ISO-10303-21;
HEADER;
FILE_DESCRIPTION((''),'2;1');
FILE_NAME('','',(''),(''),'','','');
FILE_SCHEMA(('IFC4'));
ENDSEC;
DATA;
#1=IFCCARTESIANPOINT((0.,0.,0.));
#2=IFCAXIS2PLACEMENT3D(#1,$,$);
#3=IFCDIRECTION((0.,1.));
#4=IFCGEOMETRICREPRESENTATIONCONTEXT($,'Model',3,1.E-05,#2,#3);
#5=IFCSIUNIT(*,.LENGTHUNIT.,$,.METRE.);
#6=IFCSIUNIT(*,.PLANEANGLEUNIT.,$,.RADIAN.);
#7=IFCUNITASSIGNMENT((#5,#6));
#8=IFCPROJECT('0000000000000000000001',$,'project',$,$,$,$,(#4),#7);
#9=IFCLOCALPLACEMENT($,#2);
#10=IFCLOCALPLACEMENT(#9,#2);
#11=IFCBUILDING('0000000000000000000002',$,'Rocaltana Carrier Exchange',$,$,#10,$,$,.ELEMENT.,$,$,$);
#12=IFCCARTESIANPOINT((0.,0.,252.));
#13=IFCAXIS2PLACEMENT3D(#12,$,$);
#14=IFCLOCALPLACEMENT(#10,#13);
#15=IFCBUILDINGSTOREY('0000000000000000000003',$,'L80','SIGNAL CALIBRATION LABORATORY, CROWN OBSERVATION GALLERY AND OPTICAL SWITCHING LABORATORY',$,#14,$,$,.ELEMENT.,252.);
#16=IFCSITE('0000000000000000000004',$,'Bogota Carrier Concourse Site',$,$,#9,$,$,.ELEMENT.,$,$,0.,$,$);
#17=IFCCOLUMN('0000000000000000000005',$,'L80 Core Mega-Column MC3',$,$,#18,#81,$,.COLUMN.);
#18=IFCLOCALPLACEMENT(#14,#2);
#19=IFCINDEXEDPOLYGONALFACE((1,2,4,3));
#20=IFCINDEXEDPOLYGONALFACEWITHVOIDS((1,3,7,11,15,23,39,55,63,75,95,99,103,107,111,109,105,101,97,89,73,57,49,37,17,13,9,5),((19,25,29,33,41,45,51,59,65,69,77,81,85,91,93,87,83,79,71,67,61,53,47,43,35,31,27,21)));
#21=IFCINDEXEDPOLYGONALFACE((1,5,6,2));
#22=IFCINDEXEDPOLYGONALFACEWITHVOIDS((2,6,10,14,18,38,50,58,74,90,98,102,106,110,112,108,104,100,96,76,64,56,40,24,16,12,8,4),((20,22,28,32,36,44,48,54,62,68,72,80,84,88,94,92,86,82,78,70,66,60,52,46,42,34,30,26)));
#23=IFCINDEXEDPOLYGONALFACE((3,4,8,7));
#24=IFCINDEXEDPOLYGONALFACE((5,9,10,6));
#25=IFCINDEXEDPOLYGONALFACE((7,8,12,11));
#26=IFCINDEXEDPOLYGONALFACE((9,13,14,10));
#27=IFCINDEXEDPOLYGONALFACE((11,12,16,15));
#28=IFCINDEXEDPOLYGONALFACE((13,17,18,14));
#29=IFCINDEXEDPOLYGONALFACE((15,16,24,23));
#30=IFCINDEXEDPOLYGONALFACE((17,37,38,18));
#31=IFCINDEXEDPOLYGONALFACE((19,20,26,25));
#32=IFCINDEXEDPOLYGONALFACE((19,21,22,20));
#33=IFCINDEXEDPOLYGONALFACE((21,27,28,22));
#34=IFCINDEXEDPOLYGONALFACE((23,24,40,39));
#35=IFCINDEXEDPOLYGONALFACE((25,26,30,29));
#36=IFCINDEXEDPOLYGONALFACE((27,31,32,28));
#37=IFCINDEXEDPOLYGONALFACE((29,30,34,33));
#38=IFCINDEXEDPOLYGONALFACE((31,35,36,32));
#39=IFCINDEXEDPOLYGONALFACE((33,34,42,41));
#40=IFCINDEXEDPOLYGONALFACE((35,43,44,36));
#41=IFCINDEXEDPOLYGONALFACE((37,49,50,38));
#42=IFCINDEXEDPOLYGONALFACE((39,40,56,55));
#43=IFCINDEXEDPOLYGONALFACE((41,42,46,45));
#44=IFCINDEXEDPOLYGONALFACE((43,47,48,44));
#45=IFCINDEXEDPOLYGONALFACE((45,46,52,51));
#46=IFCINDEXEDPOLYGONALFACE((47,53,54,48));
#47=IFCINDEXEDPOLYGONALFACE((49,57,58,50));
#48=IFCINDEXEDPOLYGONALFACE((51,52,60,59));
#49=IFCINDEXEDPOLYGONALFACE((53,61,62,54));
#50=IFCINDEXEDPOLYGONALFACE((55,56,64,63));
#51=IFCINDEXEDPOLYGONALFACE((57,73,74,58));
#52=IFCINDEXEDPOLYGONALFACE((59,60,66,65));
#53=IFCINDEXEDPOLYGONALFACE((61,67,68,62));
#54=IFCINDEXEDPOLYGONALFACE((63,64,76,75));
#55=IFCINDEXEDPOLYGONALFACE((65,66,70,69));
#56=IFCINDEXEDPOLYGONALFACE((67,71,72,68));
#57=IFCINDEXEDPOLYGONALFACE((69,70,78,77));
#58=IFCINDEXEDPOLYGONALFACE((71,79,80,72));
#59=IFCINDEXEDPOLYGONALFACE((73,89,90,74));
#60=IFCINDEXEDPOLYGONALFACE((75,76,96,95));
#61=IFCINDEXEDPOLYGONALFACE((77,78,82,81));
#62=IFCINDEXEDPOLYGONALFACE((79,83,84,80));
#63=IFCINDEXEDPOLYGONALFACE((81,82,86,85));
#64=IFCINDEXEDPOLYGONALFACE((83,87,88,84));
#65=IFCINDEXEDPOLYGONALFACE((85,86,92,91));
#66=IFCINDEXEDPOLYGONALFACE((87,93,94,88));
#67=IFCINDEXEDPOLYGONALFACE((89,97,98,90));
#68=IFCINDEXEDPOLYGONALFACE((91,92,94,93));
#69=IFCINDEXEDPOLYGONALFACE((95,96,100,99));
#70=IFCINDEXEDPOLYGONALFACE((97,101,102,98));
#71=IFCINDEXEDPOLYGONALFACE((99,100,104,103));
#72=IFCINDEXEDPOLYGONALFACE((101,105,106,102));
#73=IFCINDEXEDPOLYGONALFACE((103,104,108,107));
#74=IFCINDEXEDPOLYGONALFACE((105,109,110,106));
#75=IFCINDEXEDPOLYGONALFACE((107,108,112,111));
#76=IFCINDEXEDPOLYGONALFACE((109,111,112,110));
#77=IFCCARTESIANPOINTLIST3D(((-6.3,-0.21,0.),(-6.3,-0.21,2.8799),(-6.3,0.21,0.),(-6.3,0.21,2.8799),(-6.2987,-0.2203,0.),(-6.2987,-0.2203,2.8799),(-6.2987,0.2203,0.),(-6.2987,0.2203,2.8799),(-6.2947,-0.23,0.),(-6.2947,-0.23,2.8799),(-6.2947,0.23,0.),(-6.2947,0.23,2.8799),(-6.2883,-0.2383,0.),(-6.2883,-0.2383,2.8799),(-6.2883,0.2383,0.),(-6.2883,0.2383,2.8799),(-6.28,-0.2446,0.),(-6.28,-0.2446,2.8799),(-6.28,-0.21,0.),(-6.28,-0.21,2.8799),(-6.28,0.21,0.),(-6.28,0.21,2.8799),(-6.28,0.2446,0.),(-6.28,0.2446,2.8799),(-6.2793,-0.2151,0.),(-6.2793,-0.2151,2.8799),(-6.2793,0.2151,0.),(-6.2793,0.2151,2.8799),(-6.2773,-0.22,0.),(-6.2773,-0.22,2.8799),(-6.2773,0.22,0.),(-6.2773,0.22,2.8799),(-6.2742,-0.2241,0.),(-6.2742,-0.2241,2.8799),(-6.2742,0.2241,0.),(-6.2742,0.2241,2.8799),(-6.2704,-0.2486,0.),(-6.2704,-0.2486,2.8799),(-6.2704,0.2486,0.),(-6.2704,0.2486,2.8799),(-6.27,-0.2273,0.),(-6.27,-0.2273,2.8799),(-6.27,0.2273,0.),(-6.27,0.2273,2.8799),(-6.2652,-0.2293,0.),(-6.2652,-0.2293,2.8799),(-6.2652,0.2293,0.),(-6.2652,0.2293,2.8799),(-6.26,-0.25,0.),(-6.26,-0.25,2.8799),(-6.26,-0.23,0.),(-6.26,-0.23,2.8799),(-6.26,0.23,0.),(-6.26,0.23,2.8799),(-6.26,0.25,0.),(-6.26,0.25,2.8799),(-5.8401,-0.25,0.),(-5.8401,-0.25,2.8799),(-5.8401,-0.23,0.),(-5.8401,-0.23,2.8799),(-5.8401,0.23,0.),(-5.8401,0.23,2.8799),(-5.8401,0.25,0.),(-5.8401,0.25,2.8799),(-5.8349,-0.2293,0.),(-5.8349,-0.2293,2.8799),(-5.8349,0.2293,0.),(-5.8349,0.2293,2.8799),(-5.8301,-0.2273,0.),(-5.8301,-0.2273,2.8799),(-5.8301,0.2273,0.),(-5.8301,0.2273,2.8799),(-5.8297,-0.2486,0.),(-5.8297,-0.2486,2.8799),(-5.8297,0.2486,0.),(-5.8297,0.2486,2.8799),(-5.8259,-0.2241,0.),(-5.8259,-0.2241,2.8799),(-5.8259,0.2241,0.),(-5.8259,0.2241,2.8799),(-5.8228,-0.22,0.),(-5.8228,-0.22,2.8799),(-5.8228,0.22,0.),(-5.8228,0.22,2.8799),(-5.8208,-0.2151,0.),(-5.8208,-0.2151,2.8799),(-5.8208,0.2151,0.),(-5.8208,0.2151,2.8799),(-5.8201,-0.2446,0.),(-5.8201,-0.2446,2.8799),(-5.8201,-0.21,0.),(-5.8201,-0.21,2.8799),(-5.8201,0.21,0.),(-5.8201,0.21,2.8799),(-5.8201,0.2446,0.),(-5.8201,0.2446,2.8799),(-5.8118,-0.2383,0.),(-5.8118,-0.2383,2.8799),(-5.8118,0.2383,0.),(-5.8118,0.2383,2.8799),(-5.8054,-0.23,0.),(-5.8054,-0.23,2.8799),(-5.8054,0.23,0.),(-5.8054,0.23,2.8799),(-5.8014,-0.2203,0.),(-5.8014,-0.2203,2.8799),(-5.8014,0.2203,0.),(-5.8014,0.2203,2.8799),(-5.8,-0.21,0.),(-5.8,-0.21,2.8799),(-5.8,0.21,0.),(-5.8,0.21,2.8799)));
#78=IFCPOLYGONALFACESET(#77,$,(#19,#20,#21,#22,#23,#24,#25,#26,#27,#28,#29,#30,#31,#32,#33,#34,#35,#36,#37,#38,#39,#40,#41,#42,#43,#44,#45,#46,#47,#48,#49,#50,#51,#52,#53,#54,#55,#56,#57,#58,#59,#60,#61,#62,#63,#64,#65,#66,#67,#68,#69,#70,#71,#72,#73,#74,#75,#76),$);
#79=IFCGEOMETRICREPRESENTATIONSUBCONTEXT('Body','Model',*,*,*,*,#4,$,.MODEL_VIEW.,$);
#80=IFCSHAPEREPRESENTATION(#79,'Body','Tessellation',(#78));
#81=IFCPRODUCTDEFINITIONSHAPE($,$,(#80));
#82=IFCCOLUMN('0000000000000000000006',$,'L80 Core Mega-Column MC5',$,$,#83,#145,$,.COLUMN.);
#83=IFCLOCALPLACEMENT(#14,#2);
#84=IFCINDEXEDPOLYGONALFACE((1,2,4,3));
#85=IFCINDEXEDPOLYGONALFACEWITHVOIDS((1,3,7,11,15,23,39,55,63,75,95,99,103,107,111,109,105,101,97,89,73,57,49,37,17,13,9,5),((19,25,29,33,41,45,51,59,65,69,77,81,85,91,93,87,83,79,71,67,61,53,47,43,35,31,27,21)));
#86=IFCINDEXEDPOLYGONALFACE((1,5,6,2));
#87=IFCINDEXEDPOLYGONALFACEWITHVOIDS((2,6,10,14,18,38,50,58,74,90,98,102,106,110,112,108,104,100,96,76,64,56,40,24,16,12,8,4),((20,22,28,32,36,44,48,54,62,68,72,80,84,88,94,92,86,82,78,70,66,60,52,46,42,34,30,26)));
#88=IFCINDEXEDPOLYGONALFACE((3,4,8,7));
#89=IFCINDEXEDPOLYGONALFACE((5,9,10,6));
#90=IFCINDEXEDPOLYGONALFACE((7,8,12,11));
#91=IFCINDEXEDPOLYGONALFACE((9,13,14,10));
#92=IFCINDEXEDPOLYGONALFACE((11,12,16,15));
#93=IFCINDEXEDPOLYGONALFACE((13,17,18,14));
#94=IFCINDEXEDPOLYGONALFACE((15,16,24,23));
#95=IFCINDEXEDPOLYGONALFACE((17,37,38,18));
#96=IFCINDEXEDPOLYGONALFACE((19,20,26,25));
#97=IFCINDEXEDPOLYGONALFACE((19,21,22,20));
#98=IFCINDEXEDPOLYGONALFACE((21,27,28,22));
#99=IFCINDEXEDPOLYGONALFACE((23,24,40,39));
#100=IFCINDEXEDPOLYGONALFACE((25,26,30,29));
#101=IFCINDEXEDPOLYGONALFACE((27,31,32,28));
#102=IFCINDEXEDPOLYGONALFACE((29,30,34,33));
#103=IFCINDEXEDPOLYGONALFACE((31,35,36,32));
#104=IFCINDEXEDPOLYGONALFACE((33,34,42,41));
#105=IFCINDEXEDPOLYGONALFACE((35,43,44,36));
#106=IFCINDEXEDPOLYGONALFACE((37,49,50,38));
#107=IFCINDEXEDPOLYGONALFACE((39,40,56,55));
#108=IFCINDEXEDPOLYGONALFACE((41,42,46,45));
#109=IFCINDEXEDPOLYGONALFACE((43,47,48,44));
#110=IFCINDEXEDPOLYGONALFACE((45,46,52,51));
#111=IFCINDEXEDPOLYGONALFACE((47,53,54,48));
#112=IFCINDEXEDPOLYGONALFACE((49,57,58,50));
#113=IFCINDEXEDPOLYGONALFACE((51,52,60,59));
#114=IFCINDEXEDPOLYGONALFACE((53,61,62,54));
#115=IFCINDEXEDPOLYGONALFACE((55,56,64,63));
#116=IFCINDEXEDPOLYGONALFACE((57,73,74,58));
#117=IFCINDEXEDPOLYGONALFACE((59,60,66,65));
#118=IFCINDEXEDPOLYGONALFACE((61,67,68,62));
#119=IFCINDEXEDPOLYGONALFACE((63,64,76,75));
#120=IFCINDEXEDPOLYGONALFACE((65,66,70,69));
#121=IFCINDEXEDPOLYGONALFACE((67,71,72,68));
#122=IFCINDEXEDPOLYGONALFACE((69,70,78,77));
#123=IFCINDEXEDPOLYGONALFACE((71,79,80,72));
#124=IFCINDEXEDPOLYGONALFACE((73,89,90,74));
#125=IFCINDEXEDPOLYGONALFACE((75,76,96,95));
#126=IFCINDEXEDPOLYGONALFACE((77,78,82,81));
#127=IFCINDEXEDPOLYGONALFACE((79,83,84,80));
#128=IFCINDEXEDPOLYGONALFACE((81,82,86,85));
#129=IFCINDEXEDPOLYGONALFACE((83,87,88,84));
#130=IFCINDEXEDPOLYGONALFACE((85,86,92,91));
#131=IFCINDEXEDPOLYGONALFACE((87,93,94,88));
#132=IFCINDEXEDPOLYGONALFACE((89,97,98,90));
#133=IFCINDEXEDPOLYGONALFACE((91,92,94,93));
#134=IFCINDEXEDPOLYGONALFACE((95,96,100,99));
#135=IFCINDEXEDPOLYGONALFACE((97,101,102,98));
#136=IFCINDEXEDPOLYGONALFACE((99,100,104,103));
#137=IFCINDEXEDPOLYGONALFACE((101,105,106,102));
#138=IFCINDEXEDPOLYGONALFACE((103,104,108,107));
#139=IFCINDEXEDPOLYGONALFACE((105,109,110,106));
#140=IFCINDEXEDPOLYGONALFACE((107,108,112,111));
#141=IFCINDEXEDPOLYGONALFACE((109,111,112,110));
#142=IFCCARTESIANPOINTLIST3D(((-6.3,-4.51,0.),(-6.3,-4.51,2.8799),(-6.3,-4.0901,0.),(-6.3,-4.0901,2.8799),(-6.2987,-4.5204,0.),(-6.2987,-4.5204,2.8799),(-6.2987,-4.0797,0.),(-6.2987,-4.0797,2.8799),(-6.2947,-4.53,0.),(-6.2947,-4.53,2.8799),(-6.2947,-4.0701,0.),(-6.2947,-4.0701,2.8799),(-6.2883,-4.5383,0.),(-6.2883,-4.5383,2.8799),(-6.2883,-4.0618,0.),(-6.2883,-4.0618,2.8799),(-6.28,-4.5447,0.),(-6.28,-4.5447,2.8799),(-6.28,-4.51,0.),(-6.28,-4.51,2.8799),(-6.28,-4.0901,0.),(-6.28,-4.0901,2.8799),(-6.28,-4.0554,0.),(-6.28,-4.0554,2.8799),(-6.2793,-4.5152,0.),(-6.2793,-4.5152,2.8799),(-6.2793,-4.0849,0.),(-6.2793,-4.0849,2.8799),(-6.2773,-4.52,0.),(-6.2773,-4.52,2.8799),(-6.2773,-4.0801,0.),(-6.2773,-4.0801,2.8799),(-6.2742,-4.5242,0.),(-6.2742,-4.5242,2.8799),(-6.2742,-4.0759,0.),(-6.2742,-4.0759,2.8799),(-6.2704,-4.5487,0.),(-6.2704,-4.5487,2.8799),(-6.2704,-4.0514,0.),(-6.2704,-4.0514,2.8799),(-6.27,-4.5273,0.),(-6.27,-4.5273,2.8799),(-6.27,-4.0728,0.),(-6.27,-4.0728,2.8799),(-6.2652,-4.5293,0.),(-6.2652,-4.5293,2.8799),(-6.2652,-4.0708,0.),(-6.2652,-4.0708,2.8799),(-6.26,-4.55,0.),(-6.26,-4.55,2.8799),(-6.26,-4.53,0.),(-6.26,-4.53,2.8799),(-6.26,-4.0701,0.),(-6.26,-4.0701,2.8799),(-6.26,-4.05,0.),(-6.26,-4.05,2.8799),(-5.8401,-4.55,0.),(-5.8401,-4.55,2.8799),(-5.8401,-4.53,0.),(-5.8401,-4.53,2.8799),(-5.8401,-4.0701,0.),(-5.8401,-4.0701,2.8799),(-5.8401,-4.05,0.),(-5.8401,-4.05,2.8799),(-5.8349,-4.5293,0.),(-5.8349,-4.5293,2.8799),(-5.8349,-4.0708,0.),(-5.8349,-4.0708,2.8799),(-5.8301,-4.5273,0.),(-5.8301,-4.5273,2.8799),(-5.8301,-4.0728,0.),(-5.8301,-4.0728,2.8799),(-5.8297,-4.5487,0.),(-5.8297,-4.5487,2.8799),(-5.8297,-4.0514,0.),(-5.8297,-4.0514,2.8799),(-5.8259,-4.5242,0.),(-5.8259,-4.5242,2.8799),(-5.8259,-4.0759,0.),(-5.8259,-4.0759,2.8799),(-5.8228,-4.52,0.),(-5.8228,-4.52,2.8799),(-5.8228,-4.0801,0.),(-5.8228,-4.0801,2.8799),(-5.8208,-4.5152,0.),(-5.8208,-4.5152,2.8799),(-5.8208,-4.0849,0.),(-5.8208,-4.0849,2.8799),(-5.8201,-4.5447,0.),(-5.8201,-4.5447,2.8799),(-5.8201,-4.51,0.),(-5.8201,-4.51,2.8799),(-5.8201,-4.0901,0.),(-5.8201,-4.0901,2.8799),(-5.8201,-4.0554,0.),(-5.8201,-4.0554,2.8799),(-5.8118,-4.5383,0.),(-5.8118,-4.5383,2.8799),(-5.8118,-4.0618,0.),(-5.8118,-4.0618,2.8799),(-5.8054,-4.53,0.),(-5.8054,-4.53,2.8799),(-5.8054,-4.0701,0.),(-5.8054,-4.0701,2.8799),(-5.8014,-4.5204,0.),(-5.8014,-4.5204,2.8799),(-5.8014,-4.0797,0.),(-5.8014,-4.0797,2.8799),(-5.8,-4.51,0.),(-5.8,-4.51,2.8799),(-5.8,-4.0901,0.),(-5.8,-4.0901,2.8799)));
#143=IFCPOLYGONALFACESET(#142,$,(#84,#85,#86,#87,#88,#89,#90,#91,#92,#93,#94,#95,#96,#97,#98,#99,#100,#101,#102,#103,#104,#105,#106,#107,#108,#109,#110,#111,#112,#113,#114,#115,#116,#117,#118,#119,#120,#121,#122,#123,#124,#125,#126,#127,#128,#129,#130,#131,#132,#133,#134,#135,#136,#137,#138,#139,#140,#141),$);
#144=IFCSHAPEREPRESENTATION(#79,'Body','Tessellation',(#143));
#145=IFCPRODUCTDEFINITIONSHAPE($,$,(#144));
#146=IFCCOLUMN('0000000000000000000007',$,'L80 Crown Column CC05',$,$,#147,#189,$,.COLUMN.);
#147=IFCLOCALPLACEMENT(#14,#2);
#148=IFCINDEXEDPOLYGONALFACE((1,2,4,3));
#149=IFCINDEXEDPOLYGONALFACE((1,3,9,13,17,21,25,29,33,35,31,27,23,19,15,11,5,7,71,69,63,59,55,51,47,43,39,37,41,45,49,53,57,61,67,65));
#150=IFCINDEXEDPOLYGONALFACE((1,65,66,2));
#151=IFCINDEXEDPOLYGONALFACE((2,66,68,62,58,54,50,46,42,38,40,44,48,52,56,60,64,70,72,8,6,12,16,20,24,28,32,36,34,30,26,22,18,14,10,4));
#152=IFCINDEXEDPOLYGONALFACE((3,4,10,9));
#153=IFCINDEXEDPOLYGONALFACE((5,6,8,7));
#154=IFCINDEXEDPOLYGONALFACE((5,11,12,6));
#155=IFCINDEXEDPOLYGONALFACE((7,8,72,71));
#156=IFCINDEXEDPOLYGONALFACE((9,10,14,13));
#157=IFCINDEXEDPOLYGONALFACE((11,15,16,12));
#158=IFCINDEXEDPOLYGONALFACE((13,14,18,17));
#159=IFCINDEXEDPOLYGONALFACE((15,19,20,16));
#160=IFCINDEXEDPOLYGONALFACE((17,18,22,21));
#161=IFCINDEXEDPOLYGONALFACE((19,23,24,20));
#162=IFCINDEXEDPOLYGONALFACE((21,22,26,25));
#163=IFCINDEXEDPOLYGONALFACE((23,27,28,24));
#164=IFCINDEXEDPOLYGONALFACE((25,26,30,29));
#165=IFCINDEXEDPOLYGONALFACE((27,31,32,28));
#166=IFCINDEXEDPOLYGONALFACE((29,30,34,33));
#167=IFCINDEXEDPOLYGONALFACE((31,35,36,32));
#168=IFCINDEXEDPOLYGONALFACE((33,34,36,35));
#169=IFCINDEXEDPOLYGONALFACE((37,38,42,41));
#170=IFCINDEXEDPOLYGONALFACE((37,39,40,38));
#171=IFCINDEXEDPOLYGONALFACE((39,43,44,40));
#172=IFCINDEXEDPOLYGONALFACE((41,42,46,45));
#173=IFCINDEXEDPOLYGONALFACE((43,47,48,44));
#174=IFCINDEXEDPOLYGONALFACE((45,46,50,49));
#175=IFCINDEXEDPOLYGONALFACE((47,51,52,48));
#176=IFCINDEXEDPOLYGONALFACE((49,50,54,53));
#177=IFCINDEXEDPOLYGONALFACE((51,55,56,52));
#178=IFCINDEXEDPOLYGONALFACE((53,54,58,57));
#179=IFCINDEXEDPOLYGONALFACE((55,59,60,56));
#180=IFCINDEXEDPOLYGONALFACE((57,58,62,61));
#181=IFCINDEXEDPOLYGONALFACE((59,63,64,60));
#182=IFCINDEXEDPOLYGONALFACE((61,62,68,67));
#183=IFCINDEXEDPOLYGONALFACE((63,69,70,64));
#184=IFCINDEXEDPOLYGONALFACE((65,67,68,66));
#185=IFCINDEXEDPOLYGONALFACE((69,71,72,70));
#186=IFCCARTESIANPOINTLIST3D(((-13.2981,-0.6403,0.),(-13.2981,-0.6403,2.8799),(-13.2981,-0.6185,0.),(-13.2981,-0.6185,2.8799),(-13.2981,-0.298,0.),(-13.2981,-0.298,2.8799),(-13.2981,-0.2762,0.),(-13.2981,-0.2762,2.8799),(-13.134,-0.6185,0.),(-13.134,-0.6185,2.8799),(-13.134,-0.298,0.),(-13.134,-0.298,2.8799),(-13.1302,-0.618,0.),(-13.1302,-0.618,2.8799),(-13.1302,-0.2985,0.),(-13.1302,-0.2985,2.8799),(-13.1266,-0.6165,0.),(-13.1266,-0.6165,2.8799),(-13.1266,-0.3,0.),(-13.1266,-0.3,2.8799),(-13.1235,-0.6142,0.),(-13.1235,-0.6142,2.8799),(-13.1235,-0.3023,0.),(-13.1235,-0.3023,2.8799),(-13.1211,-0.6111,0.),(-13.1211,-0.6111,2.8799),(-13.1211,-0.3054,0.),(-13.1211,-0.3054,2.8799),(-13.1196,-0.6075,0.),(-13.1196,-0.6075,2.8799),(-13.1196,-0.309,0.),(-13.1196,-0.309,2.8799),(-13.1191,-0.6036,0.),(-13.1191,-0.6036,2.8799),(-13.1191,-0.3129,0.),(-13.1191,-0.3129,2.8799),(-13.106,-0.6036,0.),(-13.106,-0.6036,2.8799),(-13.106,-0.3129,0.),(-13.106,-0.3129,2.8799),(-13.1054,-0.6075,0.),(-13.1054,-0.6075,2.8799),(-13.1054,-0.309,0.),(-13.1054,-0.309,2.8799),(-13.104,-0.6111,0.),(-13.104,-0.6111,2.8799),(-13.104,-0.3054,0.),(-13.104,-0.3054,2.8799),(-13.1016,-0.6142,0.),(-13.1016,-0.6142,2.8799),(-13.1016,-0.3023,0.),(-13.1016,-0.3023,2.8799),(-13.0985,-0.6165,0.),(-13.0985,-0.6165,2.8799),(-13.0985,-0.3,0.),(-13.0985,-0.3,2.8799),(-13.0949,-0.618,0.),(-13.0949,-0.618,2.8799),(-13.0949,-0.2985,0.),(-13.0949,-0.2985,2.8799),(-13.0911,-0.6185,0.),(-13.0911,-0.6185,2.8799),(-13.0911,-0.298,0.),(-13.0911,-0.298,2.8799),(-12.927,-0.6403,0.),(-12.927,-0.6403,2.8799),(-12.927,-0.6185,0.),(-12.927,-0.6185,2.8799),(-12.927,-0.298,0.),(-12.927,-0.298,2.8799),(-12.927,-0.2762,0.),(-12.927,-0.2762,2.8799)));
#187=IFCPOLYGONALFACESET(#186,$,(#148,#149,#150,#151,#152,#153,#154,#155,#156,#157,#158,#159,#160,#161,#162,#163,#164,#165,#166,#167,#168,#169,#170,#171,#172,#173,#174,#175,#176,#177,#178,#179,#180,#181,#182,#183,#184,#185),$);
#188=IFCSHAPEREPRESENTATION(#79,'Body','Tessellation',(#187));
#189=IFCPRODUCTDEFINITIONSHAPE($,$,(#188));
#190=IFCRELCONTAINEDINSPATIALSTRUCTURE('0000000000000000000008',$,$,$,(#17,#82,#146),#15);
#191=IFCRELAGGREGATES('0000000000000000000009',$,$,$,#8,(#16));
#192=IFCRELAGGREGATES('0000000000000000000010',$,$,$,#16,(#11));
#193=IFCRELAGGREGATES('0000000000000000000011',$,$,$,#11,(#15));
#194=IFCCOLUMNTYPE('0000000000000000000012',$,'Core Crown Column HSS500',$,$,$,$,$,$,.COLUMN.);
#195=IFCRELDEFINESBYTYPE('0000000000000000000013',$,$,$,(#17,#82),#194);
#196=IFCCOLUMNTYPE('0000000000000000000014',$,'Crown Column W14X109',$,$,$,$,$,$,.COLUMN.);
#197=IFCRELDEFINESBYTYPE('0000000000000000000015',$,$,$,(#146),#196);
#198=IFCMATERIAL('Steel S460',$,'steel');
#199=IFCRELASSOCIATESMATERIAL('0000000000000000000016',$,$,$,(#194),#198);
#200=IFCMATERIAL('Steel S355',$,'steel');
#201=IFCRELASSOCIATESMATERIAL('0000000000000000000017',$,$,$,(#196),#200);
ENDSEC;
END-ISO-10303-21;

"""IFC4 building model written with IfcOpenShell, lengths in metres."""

from ifc_helpers import new_model, si_unit, direction, frame, origin, origin_2d, place, context, subcontext, project, spatial, hollow_rectangle, i_section, extrude, material, material_profile, profile_set, type_object, element, save


model = new_model("IFC4")

# Units and contexts
model_context = context("Model", 3, precision=1e-05, world=origin(), true_north=direction((0.0, 1.0)))
body_context = subcontext(model_context, "Body", "Model", "MODEL_VIEW")
ifc_project = project(units=[si_unit("LENGTHUNIT", "METRE"), si_unit("PLANEANGLEUNIT", "RADIAN")], contexts=[model_context])

# Site, building, storey
site_placement = place(None, origin())
site = spatial("IfcSite", under=ifc_project, at=site_placement, Name="Bogota Carrier Concourse Site", CompositionType="ELEMENT", RefElevation=0.0)
building_placement = place(site_placement, origin())
building = spatial("IfcBuilding", under=site, at=building_placement, Name="Rocaltana Carrier Exchange", CompositionType="ELEMENT")
storey_placement = place(building_placement, frame((0.0, 0.0, 252.0)))
storey = spatial("IfcBuildingStorey", under=building, at=storey_placement, Name="L80", Description="SIGNAL CALIBRATION LABORATORY, CROWN OBSERVATION GALLERY AND OPTICAL SWITCHING LABORATORY", CompositionType="ELEMENT", Elevation=252.0)

# Columns
ifc_material_1 = material(Name="Steel S460", Category="steel")
ifc_material_profile_1 = material_profile(ifc_material_1, hollow_rectangle(XDim=0.5, YDim=0.5, WallThickness=0.02, InnerFilletRadius=0.02, OuterFilletRadius=0.04, at=origin_2d()), Name="HSS500X500X20")
ifc_profile_set_1 = profile_set([ifc_material_profile_1], Name="Steel S460")
column_type_1 = type_object("IfcColumnType", Name="Core Crown Column HSS500", PredefinedType="COLUMN", material=ifc_profile_set_1)
for number, where, z_axis, x_axis, name in (
    (1, (-6.05, 0.0, 0.0), (0.0, 0.0, 1.0), (1.0, 0.0, 0.0), "L80 Core Mega-Column MC3"),
    (2, (-6.05, -4.3, 0.0), (0.0, 0.0, 1.0), (1.0, 0.0, 0.0), "L80 Core Mega-Column MC5"),
):
    element("IfcColumn", number, at=place(storey_placement, frame(where, z_axis=z_axis, x_axis=x_axis)), inside=storey, type_object=column_type_1, Name=name, PredefinedType="COLUMN", context=body_context, shape_type="SweptSolid", body=[
        extrude(hollow_rectangle(XDim=0.5, YDim=0.5, WallThickness=0.02, InnerFilletRadius=0.02, OuterFilletRadius=0.04, at=origin_2d()), origin(), (0.0, 0.0, 1.0), 2.8799),
    ])
ifc_material_2 = material(Name="Steel S355", Category="steel")
ifc_material_profile_2 = material_profile(ifc_material_2, i_section(OverallWidth=0.3711, OverallDepth=0.364, WebThickness=0.0132, FlangeThickness=0.0217, FilletRadius=0.0149, at=origin_2d()), Name="W14X109")
ifc_profile_set_2 = profile_set([ifc_material_profile_2], Name="Steel S355")
column_type_2 = type_object("IfcColumnType", Name="Crown Column W14X109", PredefinedType="COLUMN", material=ifc_profile_set_2)
column_placement = place(storey_placement, frame((-13.1125, -0.4583, 0.0), z_axis=(0.0, 0.0, 1.0), x_axis=(1.0, 0.0, 0.0)))
element("IfcColumn", 3, at=column_placement, inside=storey, type_object=column_type_2, Name="L80 Crown Column CC05", PredefinedType="COLUMN", context=body_context, shape_type="SweptSolid", body=[
    extrude(i_section(OverallWidth=0.3711, OverallDepth=0.364, WebThickness=0.0132, FlangeThickness=0.0217, FilletRadius=0.0149, at=origin_2d()), origin(), (0.0, 0.0, 1.0), 2.8799),
])

save(model, "model.ifc")
